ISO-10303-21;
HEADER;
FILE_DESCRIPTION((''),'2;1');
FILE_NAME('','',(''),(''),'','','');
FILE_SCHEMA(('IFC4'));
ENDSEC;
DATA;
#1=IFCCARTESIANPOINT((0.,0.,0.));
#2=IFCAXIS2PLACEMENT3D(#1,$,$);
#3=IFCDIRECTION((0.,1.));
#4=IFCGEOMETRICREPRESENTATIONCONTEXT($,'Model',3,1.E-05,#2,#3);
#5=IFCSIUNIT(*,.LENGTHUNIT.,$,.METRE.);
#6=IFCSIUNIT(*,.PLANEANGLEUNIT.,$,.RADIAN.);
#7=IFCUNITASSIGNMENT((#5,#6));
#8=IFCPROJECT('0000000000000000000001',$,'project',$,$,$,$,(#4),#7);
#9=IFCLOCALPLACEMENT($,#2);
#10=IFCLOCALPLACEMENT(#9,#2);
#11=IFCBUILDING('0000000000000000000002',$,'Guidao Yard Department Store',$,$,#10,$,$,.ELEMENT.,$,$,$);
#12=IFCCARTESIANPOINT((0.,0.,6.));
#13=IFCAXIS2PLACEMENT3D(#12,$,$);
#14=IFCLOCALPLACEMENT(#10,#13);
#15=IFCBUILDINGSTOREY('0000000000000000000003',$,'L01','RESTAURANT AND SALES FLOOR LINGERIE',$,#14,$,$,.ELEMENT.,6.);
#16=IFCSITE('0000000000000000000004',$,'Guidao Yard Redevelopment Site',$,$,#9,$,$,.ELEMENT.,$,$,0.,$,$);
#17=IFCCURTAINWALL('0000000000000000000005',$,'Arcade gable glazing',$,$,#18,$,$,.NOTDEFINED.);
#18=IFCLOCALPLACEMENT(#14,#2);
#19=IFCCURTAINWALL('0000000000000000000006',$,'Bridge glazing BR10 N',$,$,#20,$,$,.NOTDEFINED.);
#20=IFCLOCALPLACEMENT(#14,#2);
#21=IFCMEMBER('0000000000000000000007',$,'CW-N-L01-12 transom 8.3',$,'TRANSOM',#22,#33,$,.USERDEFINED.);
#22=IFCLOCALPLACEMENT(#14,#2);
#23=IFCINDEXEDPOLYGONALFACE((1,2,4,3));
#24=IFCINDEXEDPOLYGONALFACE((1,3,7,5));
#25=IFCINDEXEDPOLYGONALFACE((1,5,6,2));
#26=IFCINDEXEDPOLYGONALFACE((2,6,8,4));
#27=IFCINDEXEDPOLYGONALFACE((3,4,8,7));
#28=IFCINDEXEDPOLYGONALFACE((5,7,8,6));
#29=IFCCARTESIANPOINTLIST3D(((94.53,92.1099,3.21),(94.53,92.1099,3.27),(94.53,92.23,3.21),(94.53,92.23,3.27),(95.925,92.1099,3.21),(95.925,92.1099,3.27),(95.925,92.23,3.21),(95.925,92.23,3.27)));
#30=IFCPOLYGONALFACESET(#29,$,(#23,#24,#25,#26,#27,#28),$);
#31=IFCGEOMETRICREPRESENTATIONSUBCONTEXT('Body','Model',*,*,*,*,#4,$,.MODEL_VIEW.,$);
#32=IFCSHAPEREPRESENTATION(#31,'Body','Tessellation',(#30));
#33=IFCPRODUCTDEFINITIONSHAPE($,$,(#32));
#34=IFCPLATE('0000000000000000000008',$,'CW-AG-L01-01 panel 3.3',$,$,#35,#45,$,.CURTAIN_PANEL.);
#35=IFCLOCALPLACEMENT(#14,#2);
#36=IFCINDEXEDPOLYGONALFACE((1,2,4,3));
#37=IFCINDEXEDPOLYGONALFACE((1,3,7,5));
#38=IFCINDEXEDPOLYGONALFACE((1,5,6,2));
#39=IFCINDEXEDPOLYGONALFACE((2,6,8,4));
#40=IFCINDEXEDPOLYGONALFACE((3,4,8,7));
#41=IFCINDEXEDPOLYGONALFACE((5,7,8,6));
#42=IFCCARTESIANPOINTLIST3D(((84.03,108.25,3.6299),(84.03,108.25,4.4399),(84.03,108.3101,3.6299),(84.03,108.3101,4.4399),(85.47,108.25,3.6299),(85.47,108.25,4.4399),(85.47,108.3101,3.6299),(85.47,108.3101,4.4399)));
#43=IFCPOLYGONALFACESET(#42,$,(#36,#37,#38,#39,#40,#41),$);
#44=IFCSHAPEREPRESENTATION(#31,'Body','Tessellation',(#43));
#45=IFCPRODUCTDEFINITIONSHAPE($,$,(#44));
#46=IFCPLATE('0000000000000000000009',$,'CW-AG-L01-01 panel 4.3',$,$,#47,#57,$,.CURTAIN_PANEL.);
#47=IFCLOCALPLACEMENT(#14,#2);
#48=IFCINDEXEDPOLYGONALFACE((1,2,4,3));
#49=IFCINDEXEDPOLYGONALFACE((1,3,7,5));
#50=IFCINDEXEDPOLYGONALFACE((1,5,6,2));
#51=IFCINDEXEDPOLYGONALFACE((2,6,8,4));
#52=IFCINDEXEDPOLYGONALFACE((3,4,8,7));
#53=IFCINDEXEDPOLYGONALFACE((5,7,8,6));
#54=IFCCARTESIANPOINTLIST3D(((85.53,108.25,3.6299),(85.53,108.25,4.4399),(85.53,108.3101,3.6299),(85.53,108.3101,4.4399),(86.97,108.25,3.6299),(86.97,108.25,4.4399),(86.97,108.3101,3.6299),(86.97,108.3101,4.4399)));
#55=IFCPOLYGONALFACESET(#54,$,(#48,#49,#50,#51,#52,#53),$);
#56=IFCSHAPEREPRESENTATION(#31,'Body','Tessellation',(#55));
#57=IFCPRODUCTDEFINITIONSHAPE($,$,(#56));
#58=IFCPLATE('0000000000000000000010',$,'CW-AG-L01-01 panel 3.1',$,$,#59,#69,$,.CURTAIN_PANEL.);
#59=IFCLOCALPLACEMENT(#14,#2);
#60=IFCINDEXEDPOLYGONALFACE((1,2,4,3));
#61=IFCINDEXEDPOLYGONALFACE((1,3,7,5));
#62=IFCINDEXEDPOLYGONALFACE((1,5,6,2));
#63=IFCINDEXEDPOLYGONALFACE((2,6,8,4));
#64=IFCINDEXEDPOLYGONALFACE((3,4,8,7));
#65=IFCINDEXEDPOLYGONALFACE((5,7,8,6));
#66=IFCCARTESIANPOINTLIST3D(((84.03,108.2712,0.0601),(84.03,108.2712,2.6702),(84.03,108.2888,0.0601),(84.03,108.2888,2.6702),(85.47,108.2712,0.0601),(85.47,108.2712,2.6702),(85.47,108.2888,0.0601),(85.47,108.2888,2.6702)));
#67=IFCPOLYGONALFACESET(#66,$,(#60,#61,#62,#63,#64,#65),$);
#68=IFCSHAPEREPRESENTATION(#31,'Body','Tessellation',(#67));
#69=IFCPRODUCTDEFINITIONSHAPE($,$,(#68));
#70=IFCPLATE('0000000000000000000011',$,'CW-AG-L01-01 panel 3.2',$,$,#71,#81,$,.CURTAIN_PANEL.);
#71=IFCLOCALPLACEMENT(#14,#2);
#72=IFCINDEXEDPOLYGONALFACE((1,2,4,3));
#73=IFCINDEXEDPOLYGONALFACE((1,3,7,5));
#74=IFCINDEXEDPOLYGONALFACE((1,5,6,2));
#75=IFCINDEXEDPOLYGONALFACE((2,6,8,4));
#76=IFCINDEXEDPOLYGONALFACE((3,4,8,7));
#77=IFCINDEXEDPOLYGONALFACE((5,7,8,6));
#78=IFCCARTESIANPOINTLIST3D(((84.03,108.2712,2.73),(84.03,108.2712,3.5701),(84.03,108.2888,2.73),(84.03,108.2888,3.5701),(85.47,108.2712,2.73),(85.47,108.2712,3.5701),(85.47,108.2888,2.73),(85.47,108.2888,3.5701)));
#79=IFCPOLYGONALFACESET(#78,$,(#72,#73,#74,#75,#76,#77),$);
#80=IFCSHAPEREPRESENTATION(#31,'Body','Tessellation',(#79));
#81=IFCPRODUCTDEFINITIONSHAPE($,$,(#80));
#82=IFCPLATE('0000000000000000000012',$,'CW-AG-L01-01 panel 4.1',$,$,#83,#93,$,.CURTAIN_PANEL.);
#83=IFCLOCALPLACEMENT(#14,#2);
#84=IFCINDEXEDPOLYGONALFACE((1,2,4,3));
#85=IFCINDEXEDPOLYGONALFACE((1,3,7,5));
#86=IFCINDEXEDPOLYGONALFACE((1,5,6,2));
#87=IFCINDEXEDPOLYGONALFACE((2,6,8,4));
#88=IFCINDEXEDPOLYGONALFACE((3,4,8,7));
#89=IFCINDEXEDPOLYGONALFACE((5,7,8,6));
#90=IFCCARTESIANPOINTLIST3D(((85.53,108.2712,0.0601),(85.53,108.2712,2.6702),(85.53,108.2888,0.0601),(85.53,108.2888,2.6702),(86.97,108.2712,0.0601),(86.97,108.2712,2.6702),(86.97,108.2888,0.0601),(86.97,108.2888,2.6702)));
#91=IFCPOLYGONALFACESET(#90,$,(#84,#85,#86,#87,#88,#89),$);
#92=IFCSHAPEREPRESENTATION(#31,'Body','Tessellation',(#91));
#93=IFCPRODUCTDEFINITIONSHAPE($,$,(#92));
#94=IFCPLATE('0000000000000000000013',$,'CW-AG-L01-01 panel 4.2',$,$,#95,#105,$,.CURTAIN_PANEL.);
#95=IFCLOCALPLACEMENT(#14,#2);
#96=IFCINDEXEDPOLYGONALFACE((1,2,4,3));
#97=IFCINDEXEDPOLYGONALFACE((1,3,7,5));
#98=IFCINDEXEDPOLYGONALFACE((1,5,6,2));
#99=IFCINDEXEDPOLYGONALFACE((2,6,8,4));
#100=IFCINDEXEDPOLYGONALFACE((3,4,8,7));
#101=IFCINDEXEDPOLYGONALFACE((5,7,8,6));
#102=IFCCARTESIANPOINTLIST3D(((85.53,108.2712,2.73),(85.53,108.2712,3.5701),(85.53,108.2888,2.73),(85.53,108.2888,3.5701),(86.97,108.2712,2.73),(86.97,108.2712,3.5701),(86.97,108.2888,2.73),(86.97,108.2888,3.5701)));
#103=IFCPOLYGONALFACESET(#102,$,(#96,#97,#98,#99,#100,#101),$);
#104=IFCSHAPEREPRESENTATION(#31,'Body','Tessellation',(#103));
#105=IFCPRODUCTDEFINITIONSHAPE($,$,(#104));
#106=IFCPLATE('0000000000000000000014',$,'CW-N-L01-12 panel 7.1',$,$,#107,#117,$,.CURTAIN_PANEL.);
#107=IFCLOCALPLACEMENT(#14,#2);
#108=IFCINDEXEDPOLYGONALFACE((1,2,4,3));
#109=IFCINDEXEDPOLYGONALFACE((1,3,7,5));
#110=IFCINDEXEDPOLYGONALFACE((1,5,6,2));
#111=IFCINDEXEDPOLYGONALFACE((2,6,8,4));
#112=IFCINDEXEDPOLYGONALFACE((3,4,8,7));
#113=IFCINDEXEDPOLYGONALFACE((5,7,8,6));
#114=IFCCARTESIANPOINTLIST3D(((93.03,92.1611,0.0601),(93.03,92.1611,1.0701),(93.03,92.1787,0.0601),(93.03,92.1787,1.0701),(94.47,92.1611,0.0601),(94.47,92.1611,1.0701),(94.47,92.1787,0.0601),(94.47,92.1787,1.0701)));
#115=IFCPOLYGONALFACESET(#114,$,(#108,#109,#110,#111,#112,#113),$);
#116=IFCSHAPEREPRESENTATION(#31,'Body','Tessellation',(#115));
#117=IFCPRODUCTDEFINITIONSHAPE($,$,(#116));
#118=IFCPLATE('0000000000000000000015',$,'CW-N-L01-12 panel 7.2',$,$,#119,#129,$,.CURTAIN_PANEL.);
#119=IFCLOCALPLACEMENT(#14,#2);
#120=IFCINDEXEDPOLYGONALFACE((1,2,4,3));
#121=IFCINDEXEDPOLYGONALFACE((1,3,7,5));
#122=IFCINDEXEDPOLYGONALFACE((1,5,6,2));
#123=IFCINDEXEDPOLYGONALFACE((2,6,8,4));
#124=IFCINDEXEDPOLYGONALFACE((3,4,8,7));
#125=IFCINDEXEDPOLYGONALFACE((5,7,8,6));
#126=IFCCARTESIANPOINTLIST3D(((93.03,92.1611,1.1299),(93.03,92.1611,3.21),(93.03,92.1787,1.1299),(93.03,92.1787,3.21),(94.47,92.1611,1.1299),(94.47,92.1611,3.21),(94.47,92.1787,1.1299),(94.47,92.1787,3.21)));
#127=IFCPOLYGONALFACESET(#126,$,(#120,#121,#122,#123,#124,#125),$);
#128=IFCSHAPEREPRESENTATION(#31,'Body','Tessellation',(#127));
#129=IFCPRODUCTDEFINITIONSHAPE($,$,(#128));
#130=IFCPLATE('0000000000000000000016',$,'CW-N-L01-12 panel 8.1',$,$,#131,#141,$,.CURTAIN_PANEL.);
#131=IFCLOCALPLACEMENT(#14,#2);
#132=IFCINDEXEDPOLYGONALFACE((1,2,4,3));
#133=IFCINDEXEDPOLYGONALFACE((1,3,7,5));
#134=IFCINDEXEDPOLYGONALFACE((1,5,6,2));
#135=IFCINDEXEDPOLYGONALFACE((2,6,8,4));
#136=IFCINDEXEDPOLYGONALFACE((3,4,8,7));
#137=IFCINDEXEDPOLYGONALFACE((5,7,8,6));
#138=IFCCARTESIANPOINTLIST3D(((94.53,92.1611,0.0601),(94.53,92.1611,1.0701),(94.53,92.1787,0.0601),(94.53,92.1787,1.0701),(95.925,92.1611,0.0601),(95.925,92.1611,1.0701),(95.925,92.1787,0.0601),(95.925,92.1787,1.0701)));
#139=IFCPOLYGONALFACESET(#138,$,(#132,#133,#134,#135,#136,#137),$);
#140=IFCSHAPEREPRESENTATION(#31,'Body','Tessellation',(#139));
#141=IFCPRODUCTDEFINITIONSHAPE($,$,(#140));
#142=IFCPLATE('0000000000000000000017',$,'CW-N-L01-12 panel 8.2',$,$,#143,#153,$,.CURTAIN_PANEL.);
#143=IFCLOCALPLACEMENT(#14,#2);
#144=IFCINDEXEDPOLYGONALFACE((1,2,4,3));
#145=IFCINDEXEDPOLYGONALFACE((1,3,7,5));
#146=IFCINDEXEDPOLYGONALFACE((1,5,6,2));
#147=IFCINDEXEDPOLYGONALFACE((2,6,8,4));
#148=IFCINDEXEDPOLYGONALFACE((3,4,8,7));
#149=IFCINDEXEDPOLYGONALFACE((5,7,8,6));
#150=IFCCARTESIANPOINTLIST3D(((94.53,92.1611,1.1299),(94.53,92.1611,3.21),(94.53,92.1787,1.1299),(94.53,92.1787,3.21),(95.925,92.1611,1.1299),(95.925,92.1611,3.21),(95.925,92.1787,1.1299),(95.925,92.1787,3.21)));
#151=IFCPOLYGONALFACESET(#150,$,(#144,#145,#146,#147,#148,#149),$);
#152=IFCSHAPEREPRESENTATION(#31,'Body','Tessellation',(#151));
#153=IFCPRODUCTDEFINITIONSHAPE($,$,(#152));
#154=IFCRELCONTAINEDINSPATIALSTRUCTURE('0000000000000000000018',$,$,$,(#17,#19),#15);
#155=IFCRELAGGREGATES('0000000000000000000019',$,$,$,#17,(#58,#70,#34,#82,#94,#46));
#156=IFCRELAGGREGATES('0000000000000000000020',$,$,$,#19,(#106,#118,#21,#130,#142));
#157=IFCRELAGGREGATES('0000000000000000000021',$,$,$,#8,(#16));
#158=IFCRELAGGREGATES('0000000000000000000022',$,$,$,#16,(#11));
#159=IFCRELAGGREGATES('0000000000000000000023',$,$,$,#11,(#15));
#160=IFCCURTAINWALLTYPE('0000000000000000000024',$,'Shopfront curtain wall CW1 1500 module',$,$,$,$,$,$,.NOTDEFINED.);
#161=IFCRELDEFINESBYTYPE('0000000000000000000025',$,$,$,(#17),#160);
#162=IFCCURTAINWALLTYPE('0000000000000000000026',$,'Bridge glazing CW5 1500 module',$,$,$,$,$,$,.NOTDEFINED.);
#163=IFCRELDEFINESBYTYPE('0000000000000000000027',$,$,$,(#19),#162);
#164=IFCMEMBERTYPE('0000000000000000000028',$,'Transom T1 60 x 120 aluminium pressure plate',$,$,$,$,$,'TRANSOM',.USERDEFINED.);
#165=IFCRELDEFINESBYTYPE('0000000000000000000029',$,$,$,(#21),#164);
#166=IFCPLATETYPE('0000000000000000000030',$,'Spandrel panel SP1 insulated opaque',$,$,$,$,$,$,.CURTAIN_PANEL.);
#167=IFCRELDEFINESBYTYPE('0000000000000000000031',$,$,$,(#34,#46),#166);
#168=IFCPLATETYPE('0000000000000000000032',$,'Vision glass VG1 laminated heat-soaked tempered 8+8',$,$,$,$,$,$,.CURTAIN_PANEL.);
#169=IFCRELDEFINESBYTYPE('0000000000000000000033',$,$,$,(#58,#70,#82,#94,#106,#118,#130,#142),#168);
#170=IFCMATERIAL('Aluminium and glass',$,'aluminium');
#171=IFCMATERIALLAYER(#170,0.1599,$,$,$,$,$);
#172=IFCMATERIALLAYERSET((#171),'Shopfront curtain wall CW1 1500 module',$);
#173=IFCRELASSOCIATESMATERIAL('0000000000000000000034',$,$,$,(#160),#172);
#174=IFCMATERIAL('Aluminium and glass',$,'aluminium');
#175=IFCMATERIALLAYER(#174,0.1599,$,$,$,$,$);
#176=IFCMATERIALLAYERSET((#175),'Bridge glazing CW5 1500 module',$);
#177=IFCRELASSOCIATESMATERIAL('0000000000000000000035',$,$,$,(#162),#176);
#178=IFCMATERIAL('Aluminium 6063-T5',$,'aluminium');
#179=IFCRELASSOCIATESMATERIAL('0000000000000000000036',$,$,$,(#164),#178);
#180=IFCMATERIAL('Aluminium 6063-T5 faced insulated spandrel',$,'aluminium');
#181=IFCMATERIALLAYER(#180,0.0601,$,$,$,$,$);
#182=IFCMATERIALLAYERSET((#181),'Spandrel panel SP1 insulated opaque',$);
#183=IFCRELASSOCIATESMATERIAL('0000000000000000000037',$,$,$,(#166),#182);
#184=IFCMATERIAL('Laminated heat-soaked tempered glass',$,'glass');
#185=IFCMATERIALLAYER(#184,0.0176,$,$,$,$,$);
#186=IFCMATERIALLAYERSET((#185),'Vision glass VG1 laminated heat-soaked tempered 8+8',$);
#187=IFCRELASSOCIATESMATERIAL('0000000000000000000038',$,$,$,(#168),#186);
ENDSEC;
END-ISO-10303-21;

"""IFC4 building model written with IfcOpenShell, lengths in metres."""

from ifc_helpers import new_model, si_unit, direction, frame, origin, origin_2d, place, context, subcontext, project, spatial, rectangle, extrude, material, layer, layer_set, material_profile, profile_set, type_object, element, aggregate, save


model = new_model("IFC4")

# Units and contexts
model_context = context("Model", 3, precision=1e-05, world=origin(), true_north=direction((0.0, 1.0)))
body_context = subcontext(model_context, "Body", "Model", "MODEL_VIEW")
ifc_project = project(units=[si_unit("LENGTHUNIT", "METRE"), si_unit("PLANEANGLEUNIT", "RADIAN")], contexts=[model_context])

# Site, building, storey
site_placement = place(None, origin())
site = spatial("IfcSite", under=ifc_project, at=site_placement, Name="Guidao Yard Redevelopment Site", CompositionType="ELEMENT", RefElevation=0.0)
building_placement = place(site_placement, origin())
building = spatial("IfcBuilding", under=site, at=building_placement, Name="Guidao Yard Department Store", CompositionType="ELEMENT")
storey_placement = place(building_placement, frame((0.0, 0.0, 6.0)))
storey = spatial("IfcBuildingStorey", under=building, at=storey_placement, Name="L01", Description="RESTAURANT AND SALES FLOOR LINGERIE", CompositionType="ELEMENT", Elevation=6.0)

# Curtain walls
ifc_material_1 = material(Name="Aluminium and glass", Category="aluminium")
ifc_layer_1 = layer(ifc_material_1, 0.1599)
ifc_layer_set_1 = layer_set([ifc_layer_1], Name="Shopfront curtain wall CW1 1500 module")
curtain_wall_type_1 = type_object("IfcCurtainWallType", Name="Shopfront curtain wall CW1 1500 module", PredefinedType="NOTDEFINED", material=ifc_layer_set_1)
curtain_wall_1_placement = place(storey_placement, origin())
curtain_wall_1 = element("IfcCurtainWall", 1, at=curtain_wall_1_placement, inside=storey, type_object=curtain_wall_type_1, Name="Arcade gable glazing", PredefinedType="NOTDEFINED")
ifc_material_2 = material(Name="Aluminium and glass", Category="aluminium")
ifc_layer_2 = layer(ifc_material_2, 0.1599)
ifc_layer_set_2 = layer_set([ifc_layer_2], Name="Bridge glazing CW5 1500 module")
curtain_wall_type_2 = type_object("IfcCurtainWallType", Name="Bridge glazing CW5 1500 module", PredefinedType="NOTDEFINED", material=ifc_layer_set_2)
curtain_wall_2_placement = place(storey_placement, origin())
curtain_wall_2 = element("IfcCurtainWall", 2, at=curtain_wall_2_placement, inside=storey, type_object=curtain_wall_type_2, Name="Bridge glazing BR10 N", PredefinedType="NOTDEFINED")

# Member
ifc_material_3 = material(Name="Aluminium 6063-T5", Category="aluminium")
ifc_material_profile_1 = material_profile(ifc_material_3, rectangle(XDim=0.1201, YDim=0.0601, at=origin_2d()), Name="Transom T1 60 x 120 aluminium pressure plate")
ifc_profile_set_1 = profile_set([ifc_material_profile_1], Name="Aluminium 6063-T5")
member_type_1 = type_object("IfcMemberType", Name="Transom T1 60 x 120 aluminium pressure plate", ElementType="TRANSOM", PredefinedType="USERDEFINED", material=ifc_profile_set_1)
member_1_placement = place(storey_placement, frame((94.53, 92.1699, 3.24), z_axis=(1.0, 0.0, 0.0), x_axis=(0.0, 1.0, 0.0)))
member_1 = element("IfcMember", 3, at=member_1_placement, type_object=member_type_1, Name="CW-N-L01-12 transom 8.3", ObjectType="TRANSOM", PredefinedType="USERDEFINED", context=body_context, shape_type="SweptSolid", body=[
    extrude(rectangle(XDim=0.1201, YDim=0.0601, at=origin_2d()), origin(), (0.0, 0.0, 1.0), 1.395),
])

# Plates
ifc_material_4 = material(Name="Aluminium 6063-T5 faced insulated spandrel", Category="aluminium")
ifc_layer_3 = layer(ifc_material_4, 0.0601)
ifc_layer_set_3 = layer_set([ifc_layer_3], Name="Spandrel panel SP1 insulated opaque")
plate_type_1 = type_object("IfcPlateType", Name="Spandrel panel SP1 insulated opaque", PredefinedType="CURTAIN_PANEL", material=ifc_layer_set_3)
plate_1_placement = place(storey_placement, frame((84.75, 108.28, 3.6299), z_axis=(0.0, 0.0, 1.0), x_axis=(1.0, 0.0, 0.0)))
plate_1 = element("IfcPlate", 4, at=plate_1_placement, type_object=plate_type_1, Name="CW-AG-L01-01 panel 3.3", PredefinedType="CURTAIN_PANEL", context=body_context, shape_type="SweptSolid", body=[
    extrude(rectangle(XDim=1.4399, YDim=0.0601, at=origin_2d()), origin(), (0.0, 0.0, 1.0), 0.8101),
])
plate_2_placement = place(storey_placement, frame((86.25, 108.28, 3.6299), z_axis=(0.0, 0.0, 1.0), x_axis=(1.0, 0.0, 0.0)))
plate_2 = element("IfcPlate", 5, at=plate_2_placement, type_object=plate_type_1, Name="CW-AG-L01-01 panel 4.3", PredefinedType="CURTAIN_PANEL", context=body_context, shape_type="SweptSolid", body=[
    extrude(rectangle(XDim=1.4399, YDim=0.0601, at=origin_2d()), origin(), (0.0, 0.0, 1.0), 0.8101),
])
ifc_material_5 = material(Name="Laminated heat-soaked tempered glass", Category="glass")
ifc_layer_4 = layer(ifc_material_5, 0.0176)
ifc_layer_set_4 = layer_set([ifc_layer_4], Name="Vision glass VG1 laminated heat-soaked tempered 8+8")
plate_type_2 = type_object("IfcPlateType", Name="Vision glass VG1 laminated heat-soaked tempered 8+8", PredefinedType="CURTAIN_PANEL", material=ifc_layer_set_4)
plate_3_placement = place(storey_placement, frame((84.75, 108.28, 0.0601), z_axis=(0.0, 0.0, 1.0), x_axis=(1.0, 0.0, 0.0)))
plate_3 = element("IfcPlate", 6, at=plate_3_placement, type_object=plate_type_2, Name="CW-AG-L01-01 panel 3.1", PredefinedType="CURTAIN_PANEL", context=body_context, shape_type="SweptSolid", body=[
    extrude(rectangle(XDim=1.4399, YDim=0.0176, at=origin_2d()), origin(), (0.0, 0.0, 1.0), 2.6101),
])
plate_4_placement = place(storey_placement, frame((84.75, 108.28, 2.73), z_axis=(0.0, 0.0, 1.0), x_axis=(1.0, 0.0, 0.0)))
plate_4 = element("IfcPlate", 7, at=plate_4_placement, type_object=plate_type_2, Name="CW-AG-L01-01 panel 3.2", PredefinedType="CURTAIN_PANEL", context=body_context, shape_type="SweptSolid", body=[
    extrude(rectangle(XDim=1.4399, YDim=0.0176, at=origin_2d()), origin(), (0.0, 0.0, 1.0), 0.8401),
])
plate_5_placement = place(storey_placement, frame((86.25, 108.28, 0.0601), z_axis=(0.0, 0.0, 1.0), x_axis=(1.0, 0.0, 0.0)))
plate_5 = element("IfcPlate", 8, at=plate_5_placement, type_object=plate_type_2, Name="CW-AG-L01-01 panel 4.1", PredefinedType="CURTAIN_PANEL", context=body_context, shape_type="SweptSolid", body=[
    extrude(rectangle(XDim=1.4399, YDim=0.0176, at=origin_2d()), origin(), (0.0, 0.0, 1.0), 2.6101),
])
plate_6_placement = place(storey_placement, frame((86.25, 108.28, 2.73), z_axis=(0.0, 0.0, 1.0), x_axis=(1.0, 0.0, 0.0)))
plate_6 = element("IfcPlate", 9, at=plate_6_placement, type_object=plate_type_2, Name="CW-AG-L01-01 panel 4.2", PredefinedType="CURTAIN_PANEL", context=body_context, shape_type="SweptSolid", body=[
    extrude(rectangle(XDim=1.4399, YDim=0.0176, at=origin_2d()), origin(), (0.0, 0.0, 1.0), 0.8401),
])
aggregate(curtain_wall_1, [plate_3, plate_4, plate_1, plate_5, plate_6, plate_2])
plate_7_placement = place(storey_placement, frame((93.75, 92.1699, 0.0601), z_axis=(0.0, 0.0, 1.0), x_axis=(1.0, 0.0, 0.0)))
plate_7 = element("IfcPlate", 10, at=plate_7_placement, type_object=plate_type_2, Name="CW-N-L01-12 panel 7.1", PredefinedType="CURTAIN_PANEL", context=body_context, shape_type="SweptSolid", body=[
    extrude(rectangle(XDim=1.4399, YDim=0.0176, at=origin_2d()), origin(), (0.0, 0.0, 1.0), 1.01),
])
plate_8_placement = place(storey_placement, frame((93.75, 92.1699, 1.1299), z_axis=(0.0, 0.0, 1.0), x_axis=(1.0, 0.0, 0.0)))
plate_8 = element("IfcPlate", 11, at=plate_8_placement, type_object=plate_type_2, Name="CW-N-L01-12 panel 7.2", PredefinedType="CURTAIN_PANEL", context=body_context, shape_type="SweptSolid", body=[
    extrude(rectangle(XDim=1.4399, YDim=0.0176, at=origin_2d()), origin(), (0.0, 0.0, 1.0), 2.0801),
])
plate_9_placement = place(storey_placement, frame((95.2275, 92.1699, 0.0601), z_axis=(0.0, 0.0, 1.0), x_axis=(1.0, 0.0, 0.0)))
plate_9 = element("IfcPlate", 12, at=plate_9_placement, type_object=plate_type_2, Name="CW-N-L01-12 panel 8.1", PredefinedType="CURTAIN_PANEL", context=body_context, shape_type="SweptSolid", body=[
    extrude(rectangle(XDim=1.395, YDim=0.0176, at=origin_2d()), origin(), (0.0, 0.0, 1.0), 1.01),
])
plate_10_placement = place(storey_placement, frame((95.2275, 92.1699, 1.1299), z_axis=(0.0, 0.0, 1.0), x_axis=(1.0, 0.0, 0.0)))
plate_10 = element("IfcPlate", 13, at=plate_10_placement, type_object=plate_type_2, Name="CW-N-L01-12 panel 8.2", PredefinedType="CURTAIN_PANEL", context=body_context, shape_type="SweptSolid", body=[
    extrude(rectangle(XDim=1.395, YDim=0.0176, at=origin_2d()), origin(), (0.0, 0.0, 1.0), 2.0801),
])
aggregate(curtain_wall_2, [plate_7, plate_8, member_1, plate_9, plate_10])

save(model, "model.ifc")
